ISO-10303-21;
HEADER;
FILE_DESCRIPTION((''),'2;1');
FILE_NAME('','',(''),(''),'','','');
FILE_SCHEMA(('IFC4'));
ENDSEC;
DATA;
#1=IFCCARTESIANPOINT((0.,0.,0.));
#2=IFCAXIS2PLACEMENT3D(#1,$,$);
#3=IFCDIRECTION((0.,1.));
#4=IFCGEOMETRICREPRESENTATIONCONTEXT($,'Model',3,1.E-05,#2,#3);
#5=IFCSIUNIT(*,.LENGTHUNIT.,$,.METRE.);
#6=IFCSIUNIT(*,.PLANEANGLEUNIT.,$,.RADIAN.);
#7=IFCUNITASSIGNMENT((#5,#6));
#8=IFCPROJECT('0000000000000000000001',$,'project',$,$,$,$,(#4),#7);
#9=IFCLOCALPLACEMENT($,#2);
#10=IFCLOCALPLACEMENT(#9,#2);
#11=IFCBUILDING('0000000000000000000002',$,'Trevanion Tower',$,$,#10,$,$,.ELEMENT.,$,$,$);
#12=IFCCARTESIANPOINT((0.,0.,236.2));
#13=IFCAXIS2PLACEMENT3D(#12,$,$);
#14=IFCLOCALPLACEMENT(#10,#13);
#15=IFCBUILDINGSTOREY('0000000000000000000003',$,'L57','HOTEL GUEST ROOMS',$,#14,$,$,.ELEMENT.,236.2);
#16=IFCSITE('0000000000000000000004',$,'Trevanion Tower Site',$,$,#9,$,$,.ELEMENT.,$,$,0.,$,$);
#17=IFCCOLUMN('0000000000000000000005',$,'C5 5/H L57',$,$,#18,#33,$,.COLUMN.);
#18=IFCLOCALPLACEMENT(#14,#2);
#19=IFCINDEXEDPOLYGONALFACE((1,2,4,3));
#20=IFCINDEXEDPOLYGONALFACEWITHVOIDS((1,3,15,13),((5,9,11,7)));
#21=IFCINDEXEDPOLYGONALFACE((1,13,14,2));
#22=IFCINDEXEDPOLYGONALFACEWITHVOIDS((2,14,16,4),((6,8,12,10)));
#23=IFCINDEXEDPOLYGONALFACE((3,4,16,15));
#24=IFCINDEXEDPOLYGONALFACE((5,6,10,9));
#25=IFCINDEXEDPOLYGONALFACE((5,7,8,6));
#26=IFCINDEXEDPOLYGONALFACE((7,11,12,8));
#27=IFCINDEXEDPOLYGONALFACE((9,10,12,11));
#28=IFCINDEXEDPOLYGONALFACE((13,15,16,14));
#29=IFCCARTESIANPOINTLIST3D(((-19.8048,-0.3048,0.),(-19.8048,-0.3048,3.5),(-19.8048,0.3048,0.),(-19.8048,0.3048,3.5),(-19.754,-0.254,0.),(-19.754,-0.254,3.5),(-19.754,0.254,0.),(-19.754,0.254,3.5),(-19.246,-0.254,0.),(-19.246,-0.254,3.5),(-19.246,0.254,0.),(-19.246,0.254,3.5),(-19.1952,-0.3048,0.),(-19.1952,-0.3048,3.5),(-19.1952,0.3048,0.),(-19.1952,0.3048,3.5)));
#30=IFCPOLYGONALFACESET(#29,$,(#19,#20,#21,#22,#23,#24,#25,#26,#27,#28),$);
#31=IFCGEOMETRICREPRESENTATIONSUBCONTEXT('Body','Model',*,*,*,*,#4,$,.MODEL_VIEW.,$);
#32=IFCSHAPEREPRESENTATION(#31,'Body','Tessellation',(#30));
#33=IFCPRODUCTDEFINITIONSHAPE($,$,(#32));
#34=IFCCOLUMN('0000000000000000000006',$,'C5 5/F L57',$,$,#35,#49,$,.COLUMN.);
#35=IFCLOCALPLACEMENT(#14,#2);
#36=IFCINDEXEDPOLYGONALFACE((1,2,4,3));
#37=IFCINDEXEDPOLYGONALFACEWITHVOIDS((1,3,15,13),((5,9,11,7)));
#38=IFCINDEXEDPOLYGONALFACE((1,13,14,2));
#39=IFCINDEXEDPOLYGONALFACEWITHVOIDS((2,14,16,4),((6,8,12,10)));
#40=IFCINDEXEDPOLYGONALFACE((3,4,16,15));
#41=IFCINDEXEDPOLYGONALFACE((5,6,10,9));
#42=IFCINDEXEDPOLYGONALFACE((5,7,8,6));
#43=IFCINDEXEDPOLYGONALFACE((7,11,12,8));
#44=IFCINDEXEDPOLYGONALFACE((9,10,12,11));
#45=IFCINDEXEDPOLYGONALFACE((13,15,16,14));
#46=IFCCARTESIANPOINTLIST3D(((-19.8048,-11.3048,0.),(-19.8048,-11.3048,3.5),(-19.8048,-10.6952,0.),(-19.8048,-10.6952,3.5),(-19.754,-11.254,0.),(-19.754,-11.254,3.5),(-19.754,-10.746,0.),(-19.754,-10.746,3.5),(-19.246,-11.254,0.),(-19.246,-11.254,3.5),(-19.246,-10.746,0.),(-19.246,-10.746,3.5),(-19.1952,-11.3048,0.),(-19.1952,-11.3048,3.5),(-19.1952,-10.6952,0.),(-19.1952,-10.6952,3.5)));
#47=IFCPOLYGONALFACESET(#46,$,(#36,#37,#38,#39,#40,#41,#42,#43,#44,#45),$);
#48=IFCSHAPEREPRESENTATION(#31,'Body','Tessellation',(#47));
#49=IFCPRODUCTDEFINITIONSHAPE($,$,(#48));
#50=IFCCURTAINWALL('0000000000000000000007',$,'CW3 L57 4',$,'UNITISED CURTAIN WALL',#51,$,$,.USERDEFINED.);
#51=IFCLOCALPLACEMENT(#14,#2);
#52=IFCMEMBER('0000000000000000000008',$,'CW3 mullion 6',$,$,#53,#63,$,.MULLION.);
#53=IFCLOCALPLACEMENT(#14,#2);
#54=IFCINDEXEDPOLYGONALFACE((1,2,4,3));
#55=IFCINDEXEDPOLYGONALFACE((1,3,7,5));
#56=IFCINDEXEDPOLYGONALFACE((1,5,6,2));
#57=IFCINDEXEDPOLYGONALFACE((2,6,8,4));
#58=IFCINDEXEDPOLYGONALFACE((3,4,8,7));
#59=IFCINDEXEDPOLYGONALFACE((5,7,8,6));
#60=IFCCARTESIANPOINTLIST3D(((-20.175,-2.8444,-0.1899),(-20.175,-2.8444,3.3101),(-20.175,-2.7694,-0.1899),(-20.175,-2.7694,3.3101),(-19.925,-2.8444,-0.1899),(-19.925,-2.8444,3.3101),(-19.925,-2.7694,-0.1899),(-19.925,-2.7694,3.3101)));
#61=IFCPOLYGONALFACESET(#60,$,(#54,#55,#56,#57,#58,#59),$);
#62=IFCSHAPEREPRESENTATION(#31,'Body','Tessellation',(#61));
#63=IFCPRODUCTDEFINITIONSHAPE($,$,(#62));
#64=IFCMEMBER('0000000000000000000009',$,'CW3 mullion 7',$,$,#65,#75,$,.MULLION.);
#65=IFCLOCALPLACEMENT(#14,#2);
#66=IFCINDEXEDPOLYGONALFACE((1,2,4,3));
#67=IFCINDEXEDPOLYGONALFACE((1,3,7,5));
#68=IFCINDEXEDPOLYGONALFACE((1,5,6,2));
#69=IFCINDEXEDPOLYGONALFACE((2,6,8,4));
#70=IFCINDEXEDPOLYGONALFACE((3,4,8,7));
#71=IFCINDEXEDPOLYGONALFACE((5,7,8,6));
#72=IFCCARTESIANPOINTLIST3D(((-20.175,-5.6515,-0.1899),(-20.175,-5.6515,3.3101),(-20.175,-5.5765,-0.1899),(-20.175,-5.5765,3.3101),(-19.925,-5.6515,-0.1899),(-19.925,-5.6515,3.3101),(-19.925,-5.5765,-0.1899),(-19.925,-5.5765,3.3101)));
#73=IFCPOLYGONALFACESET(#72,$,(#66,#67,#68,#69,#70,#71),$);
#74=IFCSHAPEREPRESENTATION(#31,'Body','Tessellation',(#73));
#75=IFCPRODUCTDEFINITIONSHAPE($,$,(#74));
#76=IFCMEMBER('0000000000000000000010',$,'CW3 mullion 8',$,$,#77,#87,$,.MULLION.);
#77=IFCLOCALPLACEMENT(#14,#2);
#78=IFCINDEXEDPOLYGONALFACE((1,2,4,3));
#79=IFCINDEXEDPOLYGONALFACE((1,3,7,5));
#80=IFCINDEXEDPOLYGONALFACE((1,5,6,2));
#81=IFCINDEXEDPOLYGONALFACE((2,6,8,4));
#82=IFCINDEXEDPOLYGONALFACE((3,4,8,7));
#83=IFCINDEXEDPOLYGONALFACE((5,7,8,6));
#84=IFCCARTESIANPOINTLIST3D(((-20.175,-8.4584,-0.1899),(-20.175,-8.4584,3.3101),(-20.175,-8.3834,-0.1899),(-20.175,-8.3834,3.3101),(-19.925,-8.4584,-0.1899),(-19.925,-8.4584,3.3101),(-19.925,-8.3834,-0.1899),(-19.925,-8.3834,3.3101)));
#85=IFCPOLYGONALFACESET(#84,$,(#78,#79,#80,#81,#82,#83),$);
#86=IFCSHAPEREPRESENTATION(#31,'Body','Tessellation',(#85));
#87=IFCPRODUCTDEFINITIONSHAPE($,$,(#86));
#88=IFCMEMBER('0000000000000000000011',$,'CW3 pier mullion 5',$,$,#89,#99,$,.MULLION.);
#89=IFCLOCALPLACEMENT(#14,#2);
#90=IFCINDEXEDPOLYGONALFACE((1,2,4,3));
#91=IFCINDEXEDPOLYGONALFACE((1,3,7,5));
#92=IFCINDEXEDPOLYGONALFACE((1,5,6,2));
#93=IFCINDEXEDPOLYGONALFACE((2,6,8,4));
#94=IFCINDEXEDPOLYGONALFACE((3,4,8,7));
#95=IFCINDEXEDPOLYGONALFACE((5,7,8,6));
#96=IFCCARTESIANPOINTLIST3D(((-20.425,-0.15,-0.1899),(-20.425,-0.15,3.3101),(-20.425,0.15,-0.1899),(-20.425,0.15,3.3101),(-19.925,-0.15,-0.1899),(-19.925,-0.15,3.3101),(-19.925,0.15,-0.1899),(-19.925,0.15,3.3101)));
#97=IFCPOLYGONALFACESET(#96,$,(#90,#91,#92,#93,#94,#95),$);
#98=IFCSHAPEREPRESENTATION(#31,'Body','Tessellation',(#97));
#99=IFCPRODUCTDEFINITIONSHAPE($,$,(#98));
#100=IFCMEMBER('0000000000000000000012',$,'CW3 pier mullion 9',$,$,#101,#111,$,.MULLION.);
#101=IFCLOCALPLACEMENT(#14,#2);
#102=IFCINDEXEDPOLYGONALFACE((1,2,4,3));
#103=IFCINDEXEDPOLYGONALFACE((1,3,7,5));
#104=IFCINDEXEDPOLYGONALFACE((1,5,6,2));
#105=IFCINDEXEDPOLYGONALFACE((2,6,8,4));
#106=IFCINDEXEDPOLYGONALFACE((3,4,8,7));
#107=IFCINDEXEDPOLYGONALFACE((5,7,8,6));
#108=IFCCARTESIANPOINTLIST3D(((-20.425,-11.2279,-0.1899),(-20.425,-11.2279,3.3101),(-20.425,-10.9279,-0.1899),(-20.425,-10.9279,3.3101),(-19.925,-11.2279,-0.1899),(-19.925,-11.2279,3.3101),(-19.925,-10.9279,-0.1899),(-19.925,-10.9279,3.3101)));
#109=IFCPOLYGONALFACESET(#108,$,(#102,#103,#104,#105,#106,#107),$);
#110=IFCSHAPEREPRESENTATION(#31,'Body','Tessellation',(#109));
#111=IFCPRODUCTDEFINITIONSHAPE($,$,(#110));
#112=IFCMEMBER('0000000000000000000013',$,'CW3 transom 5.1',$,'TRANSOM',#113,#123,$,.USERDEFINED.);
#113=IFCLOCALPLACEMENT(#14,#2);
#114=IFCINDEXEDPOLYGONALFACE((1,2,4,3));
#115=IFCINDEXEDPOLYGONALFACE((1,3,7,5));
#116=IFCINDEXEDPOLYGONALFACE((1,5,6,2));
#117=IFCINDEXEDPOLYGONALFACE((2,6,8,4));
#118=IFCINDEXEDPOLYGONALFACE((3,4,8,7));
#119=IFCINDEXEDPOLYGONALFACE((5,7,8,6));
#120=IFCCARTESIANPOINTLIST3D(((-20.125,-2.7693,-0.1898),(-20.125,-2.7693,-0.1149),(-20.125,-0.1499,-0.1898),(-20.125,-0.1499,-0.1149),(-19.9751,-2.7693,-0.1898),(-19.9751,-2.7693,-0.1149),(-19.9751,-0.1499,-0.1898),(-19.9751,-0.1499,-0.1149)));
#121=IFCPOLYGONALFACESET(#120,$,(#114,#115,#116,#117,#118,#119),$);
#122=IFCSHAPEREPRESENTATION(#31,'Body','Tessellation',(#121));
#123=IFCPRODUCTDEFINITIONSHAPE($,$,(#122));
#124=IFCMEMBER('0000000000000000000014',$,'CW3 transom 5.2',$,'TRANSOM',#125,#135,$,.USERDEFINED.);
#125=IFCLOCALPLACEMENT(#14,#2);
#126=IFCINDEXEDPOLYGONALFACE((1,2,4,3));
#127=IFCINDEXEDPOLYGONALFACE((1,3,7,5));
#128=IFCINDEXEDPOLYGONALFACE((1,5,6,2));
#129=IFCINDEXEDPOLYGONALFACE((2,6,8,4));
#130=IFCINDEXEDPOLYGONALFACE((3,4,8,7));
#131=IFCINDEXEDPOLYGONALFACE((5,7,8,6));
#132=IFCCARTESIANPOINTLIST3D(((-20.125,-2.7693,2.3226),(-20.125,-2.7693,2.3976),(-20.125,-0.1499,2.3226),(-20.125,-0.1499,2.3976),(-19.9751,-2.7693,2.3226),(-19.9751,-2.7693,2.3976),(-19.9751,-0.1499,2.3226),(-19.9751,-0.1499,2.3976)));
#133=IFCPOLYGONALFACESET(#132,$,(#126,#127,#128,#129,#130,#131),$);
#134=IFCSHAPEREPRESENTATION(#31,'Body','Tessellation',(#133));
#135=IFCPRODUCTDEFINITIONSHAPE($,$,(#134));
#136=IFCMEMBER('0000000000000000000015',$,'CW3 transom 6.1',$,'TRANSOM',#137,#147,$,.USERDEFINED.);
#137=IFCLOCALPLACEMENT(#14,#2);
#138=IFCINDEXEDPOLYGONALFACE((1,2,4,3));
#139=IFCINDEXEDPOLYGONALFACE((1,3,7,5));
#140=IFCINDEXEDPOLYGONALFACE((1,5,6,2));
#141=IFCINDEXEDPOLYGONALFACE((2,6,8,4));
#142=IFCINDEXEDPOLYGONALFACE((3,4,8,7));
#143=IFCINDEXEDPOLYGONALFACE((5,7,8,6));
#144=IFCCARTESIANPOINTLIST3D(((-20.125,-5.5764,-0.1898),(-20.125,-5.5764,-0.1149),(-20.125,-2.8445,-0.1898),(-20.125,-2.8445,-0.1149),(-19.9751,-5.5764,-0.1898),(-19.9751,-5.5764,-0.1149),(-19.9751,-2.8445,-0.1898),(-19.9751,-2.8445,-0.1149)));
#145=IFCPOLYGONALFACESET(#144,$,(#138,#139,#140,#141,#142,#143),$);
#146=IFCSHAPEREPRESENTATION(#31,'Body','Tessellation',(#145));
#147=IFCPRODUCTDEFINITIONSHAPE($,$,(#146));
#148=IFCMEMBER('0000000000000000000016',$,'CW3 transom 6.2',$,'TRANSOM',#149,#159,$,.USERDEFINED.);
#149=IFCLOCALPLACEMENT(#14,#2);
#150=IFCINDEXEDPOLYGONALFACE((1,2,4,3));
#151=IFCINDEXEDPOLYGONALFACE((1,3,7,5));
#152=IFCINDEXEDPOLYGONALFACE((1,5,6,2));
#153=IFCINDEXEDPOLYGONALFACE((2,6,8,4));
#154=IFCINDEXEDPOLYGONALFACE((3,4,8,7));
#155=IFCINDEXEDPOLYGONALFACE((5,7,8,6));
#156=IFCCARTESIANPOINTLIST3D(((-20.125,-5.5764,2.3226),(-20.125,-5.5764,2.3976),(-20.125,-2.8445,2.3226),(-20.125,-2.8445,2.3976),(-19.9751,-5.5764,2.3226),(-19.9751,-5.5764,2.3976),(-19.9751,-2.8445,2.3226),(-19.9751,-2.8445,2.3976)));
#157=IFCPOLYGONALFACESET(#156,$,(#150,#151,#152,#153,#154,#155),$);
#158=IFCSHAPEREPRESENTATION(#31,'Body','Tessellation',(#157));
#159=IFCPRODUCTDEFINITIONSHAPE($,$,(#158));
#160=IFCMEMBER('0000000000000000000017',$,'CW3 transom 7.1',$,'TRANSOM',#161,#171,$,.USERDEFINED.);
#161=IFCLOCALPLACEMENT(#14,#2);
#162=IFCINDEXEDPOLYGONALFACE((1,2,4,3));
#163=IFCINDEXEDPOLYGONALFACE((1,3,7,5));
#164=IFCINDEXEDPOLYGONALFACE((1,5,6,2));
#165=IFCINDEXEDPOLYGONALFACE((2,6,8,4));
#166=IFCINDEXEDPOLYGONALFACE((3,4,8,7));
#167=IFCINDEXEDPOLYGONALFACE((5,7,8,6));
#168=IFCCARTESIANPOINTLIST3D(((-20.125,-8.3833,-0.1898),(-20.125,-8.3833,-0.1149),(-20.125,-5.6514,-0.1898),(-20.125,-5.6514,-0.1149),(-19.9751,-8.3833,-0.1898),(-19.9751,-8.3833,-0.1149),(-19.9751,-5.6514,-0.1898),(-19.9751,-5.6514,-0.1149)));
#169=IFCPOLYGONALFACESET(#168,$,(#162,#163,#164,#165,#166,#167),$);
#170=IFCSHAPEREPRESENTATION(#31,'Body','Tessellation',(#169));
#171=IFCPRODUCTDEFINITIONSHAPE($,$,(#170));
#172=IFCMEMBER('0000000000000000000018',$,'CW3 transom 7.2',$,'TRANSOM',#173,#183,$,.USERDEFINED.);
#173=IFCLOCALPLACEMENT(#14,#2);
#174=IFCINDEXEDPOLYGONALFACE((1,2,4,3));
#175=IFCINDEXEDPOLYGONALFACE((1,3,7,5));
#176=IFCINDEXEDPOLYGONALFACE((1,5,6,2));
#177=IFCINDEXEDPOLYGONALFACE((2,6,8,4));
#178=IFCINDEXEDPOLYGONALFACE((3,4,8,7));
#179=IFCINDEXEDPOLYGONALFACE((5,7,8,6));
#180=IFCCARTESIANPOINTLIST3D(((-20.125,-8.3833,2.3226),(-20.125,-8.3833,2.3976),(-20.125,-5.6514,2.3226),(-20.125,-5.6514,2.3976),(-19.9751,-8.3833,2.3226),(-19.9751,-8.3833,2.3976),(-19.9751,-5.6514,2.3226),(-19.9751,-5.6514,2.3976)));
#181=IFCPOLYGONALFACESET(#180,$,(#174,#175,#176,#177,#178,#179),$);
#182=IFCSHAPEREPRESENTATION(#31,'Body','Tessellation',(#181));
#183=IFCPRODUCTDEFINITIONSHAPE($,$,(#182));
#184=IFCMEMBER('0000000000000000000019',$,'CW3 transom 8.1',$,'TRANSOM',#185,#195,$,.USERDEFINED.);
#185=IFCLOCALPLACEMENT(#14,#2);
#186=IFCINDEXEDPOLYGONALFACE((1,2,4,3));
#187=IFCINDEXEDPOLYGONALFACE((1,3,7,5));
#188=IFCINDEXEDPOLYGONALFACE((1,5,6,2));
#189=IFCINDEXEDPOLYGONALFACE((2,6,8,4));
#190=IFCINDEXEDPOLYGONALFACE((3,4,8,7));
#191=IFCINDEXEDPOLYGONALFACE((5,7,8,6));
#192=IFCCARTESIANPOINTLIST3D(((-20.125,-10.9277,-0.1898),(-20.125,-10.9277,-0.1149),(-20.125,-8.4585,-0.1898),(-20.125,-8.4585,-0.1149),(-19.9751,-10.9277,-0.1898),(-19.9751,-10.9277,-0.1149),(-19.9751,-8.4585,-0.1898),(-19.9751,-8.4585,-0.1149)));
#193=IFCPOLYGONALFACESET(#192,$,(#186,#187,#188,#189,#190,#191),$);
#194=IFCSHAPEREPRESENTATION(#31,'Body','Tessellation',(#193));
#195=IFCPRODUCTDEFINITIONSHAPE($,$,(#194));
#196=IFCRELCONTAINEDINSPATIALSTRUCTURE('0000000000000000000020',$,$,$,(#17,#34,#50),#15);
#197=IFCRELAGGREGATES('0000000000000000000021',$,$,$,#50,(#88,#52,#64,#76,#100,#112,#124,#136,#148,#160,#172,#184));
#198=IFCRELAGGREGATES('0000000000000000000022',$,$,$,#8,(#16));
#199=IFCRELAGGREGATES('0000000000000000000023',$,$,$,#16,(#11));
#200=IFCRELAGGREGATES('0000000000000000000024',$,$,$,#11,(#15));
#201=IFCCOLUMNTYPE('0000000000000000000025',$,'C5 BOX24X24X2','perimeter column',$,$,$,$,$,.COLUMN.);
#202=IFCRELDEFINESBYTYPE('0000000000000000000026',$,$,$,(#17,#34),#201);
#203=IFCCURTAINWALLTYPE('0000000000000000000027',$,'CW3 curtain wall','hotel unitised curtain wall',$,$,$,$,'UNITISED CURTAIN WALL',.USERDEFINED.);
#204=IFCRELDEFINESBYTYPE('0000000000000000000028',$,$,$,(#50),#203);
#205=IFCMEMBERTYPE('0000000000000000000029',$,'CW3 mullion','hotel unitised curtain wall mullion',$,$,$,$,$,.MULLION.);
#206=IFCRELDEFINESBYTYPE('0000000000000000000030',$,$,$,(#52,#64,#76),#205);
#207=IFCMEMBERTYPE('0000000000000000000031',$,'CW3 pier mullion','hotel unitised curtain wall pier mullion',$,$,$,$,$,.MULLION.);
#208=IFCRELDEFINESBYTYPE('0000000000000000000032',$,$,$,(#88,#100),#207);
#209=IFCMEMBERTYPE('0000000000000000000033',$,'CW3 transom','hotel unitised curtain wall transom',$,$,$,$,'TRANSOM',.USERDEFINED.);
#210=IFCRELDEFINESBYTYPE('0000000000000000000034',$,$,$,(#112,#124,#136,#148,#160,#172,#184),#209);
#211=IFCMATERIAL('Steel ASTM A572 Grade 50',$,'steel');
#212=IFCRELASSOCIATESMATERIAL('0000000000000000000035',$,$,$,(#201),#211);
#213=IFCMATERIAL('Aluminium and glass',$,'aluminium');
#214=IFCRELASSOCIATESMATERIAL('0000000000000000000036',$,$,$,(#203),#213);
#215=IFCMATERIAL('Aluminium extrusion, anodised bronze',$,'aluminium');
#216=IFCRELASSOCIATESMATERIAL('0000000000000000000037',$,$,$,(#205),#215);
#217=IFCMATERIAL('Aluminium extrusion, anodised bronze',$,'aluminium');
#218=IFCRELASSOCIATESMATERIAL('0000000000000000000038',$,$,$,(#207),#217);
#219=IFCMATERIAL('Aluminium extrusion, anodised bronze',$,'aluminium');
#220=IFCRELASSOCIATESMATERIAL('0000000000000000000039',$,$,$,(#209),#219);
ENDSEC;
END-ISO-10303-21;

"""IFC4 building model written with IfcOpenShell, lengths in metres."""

from ifc_helpers import new_model, si_unit, direction, frame, origin, origin_2d, place, context, subcontext, project, spatial, rectangle, hollow_rectangle, extrude, material, material_profile, profile_set, type_object, element, aggregate, save


model = new_model("IFC4")

# Units and contexts
model_context = context("Model", 3, precision=1e-05, world=origin(), true_north=direction((0.0, 1.0)))
body_context = subcontext(model_context, "Body", "Model", "MODEL_VIEW")
ifc_project = project(units=[si_unit("LENGTHUNIT", "METRE"), si_unit("PLANEANGLEUNIT", "RADIAN")], contexts=[model_context])

# Site, building, storey
site_placement = place(None, origin())
site = spatial("IfcSite", under=ifc_project, at=site_placement, Name="Trevanion Tower Site", CompositionType="ELEMENT", RefElevation=0.0)
building_placement = place(site_placement, origin())
building = spatial("IfcBuilding", under=site, at=building_placement, Name="Trevanion Tower", CompositionType="ELEMENT")
storey_placement = place(building_placement, frame((0.0, 0.0, 236.2)))
storey = spatial("IfcBuildingStorey", under=building, at=storey_placement, Name="L57", Description="HOTEL GUEST ROOMS", CompositionType="ELEMENT", Elevation=236.2)

# Columns
ifc_material_1 = material(Name="Steel ASTM A572 Grade 50", Category="steel")
ifc_material_profile_1 = material_profile(ifc_material_1, hollow_rectangle(XDim=0.6096, YDim=0.6096, WallThickness=0.0508, at=origin_2d()), Name="BOX24X24X2")
ifc_profile_set_1 = profile_set([ifc_material_profile_1], Name="Steel ASTM A572 Grade 50")
column_type = type_object("IfcColumnType", Name="C5 BOX24X24X2", Description="perimeter column", PredefinedType="COLUMN", material=ifc_profile_set_1)
for number, where, z_axis, x_axis, name in (
    (1, (-19.5, 0.0, 0.0), (0.0, 0.0, 1.0), (0.0, 1.0, 0.0), "C5 5/H L57"),
    (2, (-19.5, -11.0, 0.0), (0.0, 0.0, 1.0), (0.0, 1.0, 0.0), "C5 5/F L57"),
):
    element("IfcColumn", number, at=place(storey_placement, frame(where, z_axis=z_axis, x_axis=x_axis)), inside=storey, type_object=column_type, Name=name, PredefinedType="COLUMN", context=body_context, shape_type="SweptSolid", body=[
        extrude(hollow_rectangle(XDim=0.6096, YDim=0.6096, WallThickness=0.0508, at=origin_2d()), origin(), (0.0, 0.0, 1.0), 3.5),
    ])

# Curtain wall, members
ifc_material_2 = material(Name="Aluminium and glass", Category="aluminium")
curtain_wall_type = type_object("IfcCurtainWallType", Name="CW3 curtain wall", Description="hotel unitised curtain wall", ElementType="UNITISED CURTAIN WALL", PredefinedType="USERDEFINED", material=ifc_material_2)
curtain_wall_placement = place(storey_placement, origin())
curtain_wall = element("IfcCurtainWall", 3, at=curtain_wall_placement, inside=storey, type_object=curtain_wall_type, Name="CW3 L57 4", ObjectType="UNITISED CURTAIN WALL", PredefinedType="USERDEFINED")
ifc_material_3 = material(Name="Aluminium extrusion, anodised bronze", Category="aluminium")
ifc_material_profile_2 = material_profile(ifc_material_3, rectangle(XDim=0.075, YDim=0.25, at=origin_2d()), Name="CW3 mullion")
ifc_profile_set_2 = profile_set([ifc_material_profile_2], Name="Aluminium extrusion, anodised bronze")
member_type_1 = type_object("IfcMemberType", Name="CW3 mullion", Description="hotel unitised curtain wall mullion", PredefinedType="MULLION", material=ifc_profile_set_2)
member_1_placement = place(storey_placement, frame((-20.05, -2.8069, -0.1899), z_axis=(0.0, 0.0, 1.0), x_axis=(0.0, -1.0, 0.0)))
member_1 = element("IfcMember", 4, at=member_1_placement, type_object=member_type_1, Name="CW3 mullion 6", PredefinedType="MULLION", context=body_context, shape_type="SweptSolid", body=[
    extrude(rectangle(XDim=0.075, YDim=0.25, at=origin_2d()), origin(), (0.0, 0.0, 1.0), 3.5),
])
member_2_placement = place(storey_placement, frame((-20.05, -5.614, -0.1899), z_axis=(0.0, 0.0, 1.0), x_axis=(0.0, -1.0, 0.0)))
member_2 = element("IfcMember", 5, at=member_2_placement, type_object=member_type_1, Name="CW3 mullion 7", PredefinedType="MULLION", context=body_context, shape_type="SweptSolid", body=[
    extrude(rectangle(XDim=0.075, YDim=0.25, at=origin_2d()), origin(), (0.0, 0.0, 1.0), 3.5),
])
member_3_placement = place(storey_placement, frame((-20.05, -8.4209, -0.1899), z_axis=(0.0, 0.0, 1.0), x_axis=(0.0, -1.0, 0.0)))
member_3 = element("IfcMember", 6, at=member_3_placement, type_object=member_type_1, Name="CW3 mullion 8", PredefinedType="MULLION", context=body_context, shape_type="SweptSolid", body=[
    extrude(rectangle(XDim=0.075, YDim=0.25, at=origin_2d()), origin(), (0.0, 0.0, 1.0), 3.5),
])
ifc_material_4 = material(Name="Aluminium extrusion, anodised bronze", Category="aluminium")
ifc_material_profile_3 = material_profile(ifc_material_4, rectangle(XDim=0.3, YDim=0.5, at=origin_2d()), Name="CW3 pier mullion")
ifc_profile_set_3 = profile_set([ifc_material_profile_3], Name="Aluminium extrusion, anodised bronze")
member_type_2 = type_object("IfcMemberType", Name="CW3 pier mullion", Description="hotel unitised curtain wall pier mullion", PredefinedType="MULLION", material=ifc_profile_set_3)
member_4_placement = place(storey_placement, frame((-20.175, 0.0, -0.1899), z_axis=(0.0, 0.0, 1.0), x_axis=(0.0, -1.0, 0.0)))
member_4 = element("IfcMember", 7, at=member_4_placement, type_object=member_type_2, Name="CW3 pier mullion 5", PredefinedType="MULLION", context=body_context, shape_type="SweptSolid", body=[
    extrude(rectangle(XDim=0.3, YDim=0.5, at=origin_2d()), origin(), (0.0, 0.0, 1.0), 3.5),
])
member_5_placement = place(storey_placement, frame((-20.175, -11.0779, -0.1899), z_axis=(0.0, 0.0, 1.0), x_axis=(0.0, -1.0, 0.0)))
member_5 = element("IfcMember", 8, at=member_5_placement, type_object=member_type_2, Name="CW3 pier mullion 9", PredefinedType="MULLION", context=body_context, shape_type="SweptSolid", body=[
    extrude(rectangle(XDim=0.3, YDim=0.5, at=origin_2d()), origin(), (0.0, 0.0, 1.0), 3.5),
])
ifc_material_5 = material(Name="Aluminium extrusion, anodised bronze", Category="aluminium")
ifc_material_profile_4 = material_profile(ifc_material_5, rectangle(XDim=0.1499, YDim=0.075, at=origin_2d()), Name="CW3 transom")
ifc_profile_set_4 = profile_set([ifc_material_profile_4], Name="Aluminium extrusion, anodised bronze")
member_type_3 = type_object("IfcMemberType", Name="CW3 transom", Description="hotel unitised curtain wall transom", ElementType="TRANSOM", PredefinedType="USERDEFINED", material=ifc_profile_set_4)
member_6_placement = place(storey_placement, frame((-20.05, -0.1499, -0.1523), z_axis=(0.0, -1.0, 0.0), x_axis=(1.0, 0.0, 0.0)))
member_6 = element("IfcMember", 9, at=member_6_placement, type_object=member_type_3, Name="CW3 transom 5.1", ObjectType="TRANSOM", PredefinedType="USERDEFINED", context=body_context, shape_type="SweptSolid", body=[
    extrude(rectangle(XDim=0.1499, YDim=0.075, at=origin_2d()), origin(), (0.0, 0.0, 1.0), 2.6194),
])
member_7_placement = place(storey_placement, frame((-20.05, -0.1499, 2.3601), z_axis=(0.0, -1.0, 0.0), x_axis=(1.0, 0.0, 0.0)))
member_7 = element("IfcMember", 10, at=member_7_placement, type_object=member_type_3, Name="CW3 transom 5.2", ObjectType="TRANSOM", PredefinedType="USERDEFINED", context=body_context, shape_type="SweptSolid", body=[
    extrude(rectangle(XDim=0.1499, YDim=0.075, at=origin_2d()), origin(), (0.0, 0.0, 1.0), 2.6194),
])
member_8_placement = place(storey_placement, frame((-20.05, -2.8445, -0.1523), z_axis=(0.0, -1.0, 0.0), x_axis=(1.0, 0.0, 0.0)))
member_8 = element("IfcMember", 11, at=member_8_placement, type_object=member_type_3, Name="CW3 transom 6.1", ObjectType="TRANSOM", PredefinedType="USERDEFINED", context=body_context, shape_type="SweptSolid", body=[
    extrude(rectangle(XDim=0.1499, YDim=0.075, at=origin_2d()), origin(), (0.0, 0.0, 1.0), 2.7319),
])
member_9_placement = place(storey_placement, frame((-20.05, -2.8445, 2.3601), z_axis=(0.0, -1.0, 0.0), x_axis=(1.0, 0.0, 0.0)))
member_9 = element("IfcMember", 12, at=member_9_placement, type_object=member_type_3, Name="CW3 transom 6.2", ObjectType="TRANSOM", PredefinedType="USERDEFINED", context=body_context, shape_type="SweptSolid", body=[
    extrude(rectangle(XDim=0.1499, YDim=0.075, at=origin_2d()), origin(), (0.0, 0.0, 1.0), 2.7319),
])
member_10_placement = place(storey_placement, frame((-20.05, -5.6514, -0.1523), z_axis=(0.0, -1.0, 0.0), x_axis=(1.0, 0.0, 0.0)))
member_10 = element("IfcMember", 13, at=member_10_placement, type_object=member_type_3, Name="CW3 transom 7.1", ObjectType="TRANSOM", PredefinedType="USERDEFINED", context=body_context, shape_type="SweptSolid", body=[
    extrude(rectangle(XDim=0.1499, YDim=0.075, at=origin_2d()), origin(), (0.0, 0.0, 1.0), 2.7319),
])
member_11_placement = place(storey_placement, frame((-20.05, -5.6514, 2.3601), z_axis=(0.0, -1.0, 0.0), x_axis=(1.0, 0.0, 0.0)))
member_11 = element("IfcMember", 14, at=member_11_placement, type_object=member_type_3, Name="CW3 transom 7.2", ObjectType="TRANSOM", PredefinedType="USERDEFINED", context=body_context, shape_type="SweptSolid", body=[
    extrude(rectangle(XDim=0.1499, YDim=0.075, at=origin_2d()), origin(), (0.0, 0.0, 1.0), 2.7319),
])
member_12_placement = place(storey_placement, frame((-20.05, -8.4585, -0.1523), z_axis=(0.0, -1.0, 0.0), x_axis=(1.0, 0.0, 0.0)))
member_12 = element("IfcMember", 15, at=member_12_placement, type_object=member_type_3, Name="CW3 transom 8.1", ObjectType="TRANSOM", PredefinedType="USERDEFINED", context=body_context, shape_type="SweptSolid", body=[
    extrude(rectangle(XDim=0.1499, YDim=0.075, at=origin_2d()), origin(), (0.0, 0.0, 1.0), 2.4692),
])

aggregate(curtain_wall, [member_4, member_1, member_2, member_3, member_5, member_6, member_7, member_8, member_9, member_10, member_11, member_12])

save(model, "model.ifc")
